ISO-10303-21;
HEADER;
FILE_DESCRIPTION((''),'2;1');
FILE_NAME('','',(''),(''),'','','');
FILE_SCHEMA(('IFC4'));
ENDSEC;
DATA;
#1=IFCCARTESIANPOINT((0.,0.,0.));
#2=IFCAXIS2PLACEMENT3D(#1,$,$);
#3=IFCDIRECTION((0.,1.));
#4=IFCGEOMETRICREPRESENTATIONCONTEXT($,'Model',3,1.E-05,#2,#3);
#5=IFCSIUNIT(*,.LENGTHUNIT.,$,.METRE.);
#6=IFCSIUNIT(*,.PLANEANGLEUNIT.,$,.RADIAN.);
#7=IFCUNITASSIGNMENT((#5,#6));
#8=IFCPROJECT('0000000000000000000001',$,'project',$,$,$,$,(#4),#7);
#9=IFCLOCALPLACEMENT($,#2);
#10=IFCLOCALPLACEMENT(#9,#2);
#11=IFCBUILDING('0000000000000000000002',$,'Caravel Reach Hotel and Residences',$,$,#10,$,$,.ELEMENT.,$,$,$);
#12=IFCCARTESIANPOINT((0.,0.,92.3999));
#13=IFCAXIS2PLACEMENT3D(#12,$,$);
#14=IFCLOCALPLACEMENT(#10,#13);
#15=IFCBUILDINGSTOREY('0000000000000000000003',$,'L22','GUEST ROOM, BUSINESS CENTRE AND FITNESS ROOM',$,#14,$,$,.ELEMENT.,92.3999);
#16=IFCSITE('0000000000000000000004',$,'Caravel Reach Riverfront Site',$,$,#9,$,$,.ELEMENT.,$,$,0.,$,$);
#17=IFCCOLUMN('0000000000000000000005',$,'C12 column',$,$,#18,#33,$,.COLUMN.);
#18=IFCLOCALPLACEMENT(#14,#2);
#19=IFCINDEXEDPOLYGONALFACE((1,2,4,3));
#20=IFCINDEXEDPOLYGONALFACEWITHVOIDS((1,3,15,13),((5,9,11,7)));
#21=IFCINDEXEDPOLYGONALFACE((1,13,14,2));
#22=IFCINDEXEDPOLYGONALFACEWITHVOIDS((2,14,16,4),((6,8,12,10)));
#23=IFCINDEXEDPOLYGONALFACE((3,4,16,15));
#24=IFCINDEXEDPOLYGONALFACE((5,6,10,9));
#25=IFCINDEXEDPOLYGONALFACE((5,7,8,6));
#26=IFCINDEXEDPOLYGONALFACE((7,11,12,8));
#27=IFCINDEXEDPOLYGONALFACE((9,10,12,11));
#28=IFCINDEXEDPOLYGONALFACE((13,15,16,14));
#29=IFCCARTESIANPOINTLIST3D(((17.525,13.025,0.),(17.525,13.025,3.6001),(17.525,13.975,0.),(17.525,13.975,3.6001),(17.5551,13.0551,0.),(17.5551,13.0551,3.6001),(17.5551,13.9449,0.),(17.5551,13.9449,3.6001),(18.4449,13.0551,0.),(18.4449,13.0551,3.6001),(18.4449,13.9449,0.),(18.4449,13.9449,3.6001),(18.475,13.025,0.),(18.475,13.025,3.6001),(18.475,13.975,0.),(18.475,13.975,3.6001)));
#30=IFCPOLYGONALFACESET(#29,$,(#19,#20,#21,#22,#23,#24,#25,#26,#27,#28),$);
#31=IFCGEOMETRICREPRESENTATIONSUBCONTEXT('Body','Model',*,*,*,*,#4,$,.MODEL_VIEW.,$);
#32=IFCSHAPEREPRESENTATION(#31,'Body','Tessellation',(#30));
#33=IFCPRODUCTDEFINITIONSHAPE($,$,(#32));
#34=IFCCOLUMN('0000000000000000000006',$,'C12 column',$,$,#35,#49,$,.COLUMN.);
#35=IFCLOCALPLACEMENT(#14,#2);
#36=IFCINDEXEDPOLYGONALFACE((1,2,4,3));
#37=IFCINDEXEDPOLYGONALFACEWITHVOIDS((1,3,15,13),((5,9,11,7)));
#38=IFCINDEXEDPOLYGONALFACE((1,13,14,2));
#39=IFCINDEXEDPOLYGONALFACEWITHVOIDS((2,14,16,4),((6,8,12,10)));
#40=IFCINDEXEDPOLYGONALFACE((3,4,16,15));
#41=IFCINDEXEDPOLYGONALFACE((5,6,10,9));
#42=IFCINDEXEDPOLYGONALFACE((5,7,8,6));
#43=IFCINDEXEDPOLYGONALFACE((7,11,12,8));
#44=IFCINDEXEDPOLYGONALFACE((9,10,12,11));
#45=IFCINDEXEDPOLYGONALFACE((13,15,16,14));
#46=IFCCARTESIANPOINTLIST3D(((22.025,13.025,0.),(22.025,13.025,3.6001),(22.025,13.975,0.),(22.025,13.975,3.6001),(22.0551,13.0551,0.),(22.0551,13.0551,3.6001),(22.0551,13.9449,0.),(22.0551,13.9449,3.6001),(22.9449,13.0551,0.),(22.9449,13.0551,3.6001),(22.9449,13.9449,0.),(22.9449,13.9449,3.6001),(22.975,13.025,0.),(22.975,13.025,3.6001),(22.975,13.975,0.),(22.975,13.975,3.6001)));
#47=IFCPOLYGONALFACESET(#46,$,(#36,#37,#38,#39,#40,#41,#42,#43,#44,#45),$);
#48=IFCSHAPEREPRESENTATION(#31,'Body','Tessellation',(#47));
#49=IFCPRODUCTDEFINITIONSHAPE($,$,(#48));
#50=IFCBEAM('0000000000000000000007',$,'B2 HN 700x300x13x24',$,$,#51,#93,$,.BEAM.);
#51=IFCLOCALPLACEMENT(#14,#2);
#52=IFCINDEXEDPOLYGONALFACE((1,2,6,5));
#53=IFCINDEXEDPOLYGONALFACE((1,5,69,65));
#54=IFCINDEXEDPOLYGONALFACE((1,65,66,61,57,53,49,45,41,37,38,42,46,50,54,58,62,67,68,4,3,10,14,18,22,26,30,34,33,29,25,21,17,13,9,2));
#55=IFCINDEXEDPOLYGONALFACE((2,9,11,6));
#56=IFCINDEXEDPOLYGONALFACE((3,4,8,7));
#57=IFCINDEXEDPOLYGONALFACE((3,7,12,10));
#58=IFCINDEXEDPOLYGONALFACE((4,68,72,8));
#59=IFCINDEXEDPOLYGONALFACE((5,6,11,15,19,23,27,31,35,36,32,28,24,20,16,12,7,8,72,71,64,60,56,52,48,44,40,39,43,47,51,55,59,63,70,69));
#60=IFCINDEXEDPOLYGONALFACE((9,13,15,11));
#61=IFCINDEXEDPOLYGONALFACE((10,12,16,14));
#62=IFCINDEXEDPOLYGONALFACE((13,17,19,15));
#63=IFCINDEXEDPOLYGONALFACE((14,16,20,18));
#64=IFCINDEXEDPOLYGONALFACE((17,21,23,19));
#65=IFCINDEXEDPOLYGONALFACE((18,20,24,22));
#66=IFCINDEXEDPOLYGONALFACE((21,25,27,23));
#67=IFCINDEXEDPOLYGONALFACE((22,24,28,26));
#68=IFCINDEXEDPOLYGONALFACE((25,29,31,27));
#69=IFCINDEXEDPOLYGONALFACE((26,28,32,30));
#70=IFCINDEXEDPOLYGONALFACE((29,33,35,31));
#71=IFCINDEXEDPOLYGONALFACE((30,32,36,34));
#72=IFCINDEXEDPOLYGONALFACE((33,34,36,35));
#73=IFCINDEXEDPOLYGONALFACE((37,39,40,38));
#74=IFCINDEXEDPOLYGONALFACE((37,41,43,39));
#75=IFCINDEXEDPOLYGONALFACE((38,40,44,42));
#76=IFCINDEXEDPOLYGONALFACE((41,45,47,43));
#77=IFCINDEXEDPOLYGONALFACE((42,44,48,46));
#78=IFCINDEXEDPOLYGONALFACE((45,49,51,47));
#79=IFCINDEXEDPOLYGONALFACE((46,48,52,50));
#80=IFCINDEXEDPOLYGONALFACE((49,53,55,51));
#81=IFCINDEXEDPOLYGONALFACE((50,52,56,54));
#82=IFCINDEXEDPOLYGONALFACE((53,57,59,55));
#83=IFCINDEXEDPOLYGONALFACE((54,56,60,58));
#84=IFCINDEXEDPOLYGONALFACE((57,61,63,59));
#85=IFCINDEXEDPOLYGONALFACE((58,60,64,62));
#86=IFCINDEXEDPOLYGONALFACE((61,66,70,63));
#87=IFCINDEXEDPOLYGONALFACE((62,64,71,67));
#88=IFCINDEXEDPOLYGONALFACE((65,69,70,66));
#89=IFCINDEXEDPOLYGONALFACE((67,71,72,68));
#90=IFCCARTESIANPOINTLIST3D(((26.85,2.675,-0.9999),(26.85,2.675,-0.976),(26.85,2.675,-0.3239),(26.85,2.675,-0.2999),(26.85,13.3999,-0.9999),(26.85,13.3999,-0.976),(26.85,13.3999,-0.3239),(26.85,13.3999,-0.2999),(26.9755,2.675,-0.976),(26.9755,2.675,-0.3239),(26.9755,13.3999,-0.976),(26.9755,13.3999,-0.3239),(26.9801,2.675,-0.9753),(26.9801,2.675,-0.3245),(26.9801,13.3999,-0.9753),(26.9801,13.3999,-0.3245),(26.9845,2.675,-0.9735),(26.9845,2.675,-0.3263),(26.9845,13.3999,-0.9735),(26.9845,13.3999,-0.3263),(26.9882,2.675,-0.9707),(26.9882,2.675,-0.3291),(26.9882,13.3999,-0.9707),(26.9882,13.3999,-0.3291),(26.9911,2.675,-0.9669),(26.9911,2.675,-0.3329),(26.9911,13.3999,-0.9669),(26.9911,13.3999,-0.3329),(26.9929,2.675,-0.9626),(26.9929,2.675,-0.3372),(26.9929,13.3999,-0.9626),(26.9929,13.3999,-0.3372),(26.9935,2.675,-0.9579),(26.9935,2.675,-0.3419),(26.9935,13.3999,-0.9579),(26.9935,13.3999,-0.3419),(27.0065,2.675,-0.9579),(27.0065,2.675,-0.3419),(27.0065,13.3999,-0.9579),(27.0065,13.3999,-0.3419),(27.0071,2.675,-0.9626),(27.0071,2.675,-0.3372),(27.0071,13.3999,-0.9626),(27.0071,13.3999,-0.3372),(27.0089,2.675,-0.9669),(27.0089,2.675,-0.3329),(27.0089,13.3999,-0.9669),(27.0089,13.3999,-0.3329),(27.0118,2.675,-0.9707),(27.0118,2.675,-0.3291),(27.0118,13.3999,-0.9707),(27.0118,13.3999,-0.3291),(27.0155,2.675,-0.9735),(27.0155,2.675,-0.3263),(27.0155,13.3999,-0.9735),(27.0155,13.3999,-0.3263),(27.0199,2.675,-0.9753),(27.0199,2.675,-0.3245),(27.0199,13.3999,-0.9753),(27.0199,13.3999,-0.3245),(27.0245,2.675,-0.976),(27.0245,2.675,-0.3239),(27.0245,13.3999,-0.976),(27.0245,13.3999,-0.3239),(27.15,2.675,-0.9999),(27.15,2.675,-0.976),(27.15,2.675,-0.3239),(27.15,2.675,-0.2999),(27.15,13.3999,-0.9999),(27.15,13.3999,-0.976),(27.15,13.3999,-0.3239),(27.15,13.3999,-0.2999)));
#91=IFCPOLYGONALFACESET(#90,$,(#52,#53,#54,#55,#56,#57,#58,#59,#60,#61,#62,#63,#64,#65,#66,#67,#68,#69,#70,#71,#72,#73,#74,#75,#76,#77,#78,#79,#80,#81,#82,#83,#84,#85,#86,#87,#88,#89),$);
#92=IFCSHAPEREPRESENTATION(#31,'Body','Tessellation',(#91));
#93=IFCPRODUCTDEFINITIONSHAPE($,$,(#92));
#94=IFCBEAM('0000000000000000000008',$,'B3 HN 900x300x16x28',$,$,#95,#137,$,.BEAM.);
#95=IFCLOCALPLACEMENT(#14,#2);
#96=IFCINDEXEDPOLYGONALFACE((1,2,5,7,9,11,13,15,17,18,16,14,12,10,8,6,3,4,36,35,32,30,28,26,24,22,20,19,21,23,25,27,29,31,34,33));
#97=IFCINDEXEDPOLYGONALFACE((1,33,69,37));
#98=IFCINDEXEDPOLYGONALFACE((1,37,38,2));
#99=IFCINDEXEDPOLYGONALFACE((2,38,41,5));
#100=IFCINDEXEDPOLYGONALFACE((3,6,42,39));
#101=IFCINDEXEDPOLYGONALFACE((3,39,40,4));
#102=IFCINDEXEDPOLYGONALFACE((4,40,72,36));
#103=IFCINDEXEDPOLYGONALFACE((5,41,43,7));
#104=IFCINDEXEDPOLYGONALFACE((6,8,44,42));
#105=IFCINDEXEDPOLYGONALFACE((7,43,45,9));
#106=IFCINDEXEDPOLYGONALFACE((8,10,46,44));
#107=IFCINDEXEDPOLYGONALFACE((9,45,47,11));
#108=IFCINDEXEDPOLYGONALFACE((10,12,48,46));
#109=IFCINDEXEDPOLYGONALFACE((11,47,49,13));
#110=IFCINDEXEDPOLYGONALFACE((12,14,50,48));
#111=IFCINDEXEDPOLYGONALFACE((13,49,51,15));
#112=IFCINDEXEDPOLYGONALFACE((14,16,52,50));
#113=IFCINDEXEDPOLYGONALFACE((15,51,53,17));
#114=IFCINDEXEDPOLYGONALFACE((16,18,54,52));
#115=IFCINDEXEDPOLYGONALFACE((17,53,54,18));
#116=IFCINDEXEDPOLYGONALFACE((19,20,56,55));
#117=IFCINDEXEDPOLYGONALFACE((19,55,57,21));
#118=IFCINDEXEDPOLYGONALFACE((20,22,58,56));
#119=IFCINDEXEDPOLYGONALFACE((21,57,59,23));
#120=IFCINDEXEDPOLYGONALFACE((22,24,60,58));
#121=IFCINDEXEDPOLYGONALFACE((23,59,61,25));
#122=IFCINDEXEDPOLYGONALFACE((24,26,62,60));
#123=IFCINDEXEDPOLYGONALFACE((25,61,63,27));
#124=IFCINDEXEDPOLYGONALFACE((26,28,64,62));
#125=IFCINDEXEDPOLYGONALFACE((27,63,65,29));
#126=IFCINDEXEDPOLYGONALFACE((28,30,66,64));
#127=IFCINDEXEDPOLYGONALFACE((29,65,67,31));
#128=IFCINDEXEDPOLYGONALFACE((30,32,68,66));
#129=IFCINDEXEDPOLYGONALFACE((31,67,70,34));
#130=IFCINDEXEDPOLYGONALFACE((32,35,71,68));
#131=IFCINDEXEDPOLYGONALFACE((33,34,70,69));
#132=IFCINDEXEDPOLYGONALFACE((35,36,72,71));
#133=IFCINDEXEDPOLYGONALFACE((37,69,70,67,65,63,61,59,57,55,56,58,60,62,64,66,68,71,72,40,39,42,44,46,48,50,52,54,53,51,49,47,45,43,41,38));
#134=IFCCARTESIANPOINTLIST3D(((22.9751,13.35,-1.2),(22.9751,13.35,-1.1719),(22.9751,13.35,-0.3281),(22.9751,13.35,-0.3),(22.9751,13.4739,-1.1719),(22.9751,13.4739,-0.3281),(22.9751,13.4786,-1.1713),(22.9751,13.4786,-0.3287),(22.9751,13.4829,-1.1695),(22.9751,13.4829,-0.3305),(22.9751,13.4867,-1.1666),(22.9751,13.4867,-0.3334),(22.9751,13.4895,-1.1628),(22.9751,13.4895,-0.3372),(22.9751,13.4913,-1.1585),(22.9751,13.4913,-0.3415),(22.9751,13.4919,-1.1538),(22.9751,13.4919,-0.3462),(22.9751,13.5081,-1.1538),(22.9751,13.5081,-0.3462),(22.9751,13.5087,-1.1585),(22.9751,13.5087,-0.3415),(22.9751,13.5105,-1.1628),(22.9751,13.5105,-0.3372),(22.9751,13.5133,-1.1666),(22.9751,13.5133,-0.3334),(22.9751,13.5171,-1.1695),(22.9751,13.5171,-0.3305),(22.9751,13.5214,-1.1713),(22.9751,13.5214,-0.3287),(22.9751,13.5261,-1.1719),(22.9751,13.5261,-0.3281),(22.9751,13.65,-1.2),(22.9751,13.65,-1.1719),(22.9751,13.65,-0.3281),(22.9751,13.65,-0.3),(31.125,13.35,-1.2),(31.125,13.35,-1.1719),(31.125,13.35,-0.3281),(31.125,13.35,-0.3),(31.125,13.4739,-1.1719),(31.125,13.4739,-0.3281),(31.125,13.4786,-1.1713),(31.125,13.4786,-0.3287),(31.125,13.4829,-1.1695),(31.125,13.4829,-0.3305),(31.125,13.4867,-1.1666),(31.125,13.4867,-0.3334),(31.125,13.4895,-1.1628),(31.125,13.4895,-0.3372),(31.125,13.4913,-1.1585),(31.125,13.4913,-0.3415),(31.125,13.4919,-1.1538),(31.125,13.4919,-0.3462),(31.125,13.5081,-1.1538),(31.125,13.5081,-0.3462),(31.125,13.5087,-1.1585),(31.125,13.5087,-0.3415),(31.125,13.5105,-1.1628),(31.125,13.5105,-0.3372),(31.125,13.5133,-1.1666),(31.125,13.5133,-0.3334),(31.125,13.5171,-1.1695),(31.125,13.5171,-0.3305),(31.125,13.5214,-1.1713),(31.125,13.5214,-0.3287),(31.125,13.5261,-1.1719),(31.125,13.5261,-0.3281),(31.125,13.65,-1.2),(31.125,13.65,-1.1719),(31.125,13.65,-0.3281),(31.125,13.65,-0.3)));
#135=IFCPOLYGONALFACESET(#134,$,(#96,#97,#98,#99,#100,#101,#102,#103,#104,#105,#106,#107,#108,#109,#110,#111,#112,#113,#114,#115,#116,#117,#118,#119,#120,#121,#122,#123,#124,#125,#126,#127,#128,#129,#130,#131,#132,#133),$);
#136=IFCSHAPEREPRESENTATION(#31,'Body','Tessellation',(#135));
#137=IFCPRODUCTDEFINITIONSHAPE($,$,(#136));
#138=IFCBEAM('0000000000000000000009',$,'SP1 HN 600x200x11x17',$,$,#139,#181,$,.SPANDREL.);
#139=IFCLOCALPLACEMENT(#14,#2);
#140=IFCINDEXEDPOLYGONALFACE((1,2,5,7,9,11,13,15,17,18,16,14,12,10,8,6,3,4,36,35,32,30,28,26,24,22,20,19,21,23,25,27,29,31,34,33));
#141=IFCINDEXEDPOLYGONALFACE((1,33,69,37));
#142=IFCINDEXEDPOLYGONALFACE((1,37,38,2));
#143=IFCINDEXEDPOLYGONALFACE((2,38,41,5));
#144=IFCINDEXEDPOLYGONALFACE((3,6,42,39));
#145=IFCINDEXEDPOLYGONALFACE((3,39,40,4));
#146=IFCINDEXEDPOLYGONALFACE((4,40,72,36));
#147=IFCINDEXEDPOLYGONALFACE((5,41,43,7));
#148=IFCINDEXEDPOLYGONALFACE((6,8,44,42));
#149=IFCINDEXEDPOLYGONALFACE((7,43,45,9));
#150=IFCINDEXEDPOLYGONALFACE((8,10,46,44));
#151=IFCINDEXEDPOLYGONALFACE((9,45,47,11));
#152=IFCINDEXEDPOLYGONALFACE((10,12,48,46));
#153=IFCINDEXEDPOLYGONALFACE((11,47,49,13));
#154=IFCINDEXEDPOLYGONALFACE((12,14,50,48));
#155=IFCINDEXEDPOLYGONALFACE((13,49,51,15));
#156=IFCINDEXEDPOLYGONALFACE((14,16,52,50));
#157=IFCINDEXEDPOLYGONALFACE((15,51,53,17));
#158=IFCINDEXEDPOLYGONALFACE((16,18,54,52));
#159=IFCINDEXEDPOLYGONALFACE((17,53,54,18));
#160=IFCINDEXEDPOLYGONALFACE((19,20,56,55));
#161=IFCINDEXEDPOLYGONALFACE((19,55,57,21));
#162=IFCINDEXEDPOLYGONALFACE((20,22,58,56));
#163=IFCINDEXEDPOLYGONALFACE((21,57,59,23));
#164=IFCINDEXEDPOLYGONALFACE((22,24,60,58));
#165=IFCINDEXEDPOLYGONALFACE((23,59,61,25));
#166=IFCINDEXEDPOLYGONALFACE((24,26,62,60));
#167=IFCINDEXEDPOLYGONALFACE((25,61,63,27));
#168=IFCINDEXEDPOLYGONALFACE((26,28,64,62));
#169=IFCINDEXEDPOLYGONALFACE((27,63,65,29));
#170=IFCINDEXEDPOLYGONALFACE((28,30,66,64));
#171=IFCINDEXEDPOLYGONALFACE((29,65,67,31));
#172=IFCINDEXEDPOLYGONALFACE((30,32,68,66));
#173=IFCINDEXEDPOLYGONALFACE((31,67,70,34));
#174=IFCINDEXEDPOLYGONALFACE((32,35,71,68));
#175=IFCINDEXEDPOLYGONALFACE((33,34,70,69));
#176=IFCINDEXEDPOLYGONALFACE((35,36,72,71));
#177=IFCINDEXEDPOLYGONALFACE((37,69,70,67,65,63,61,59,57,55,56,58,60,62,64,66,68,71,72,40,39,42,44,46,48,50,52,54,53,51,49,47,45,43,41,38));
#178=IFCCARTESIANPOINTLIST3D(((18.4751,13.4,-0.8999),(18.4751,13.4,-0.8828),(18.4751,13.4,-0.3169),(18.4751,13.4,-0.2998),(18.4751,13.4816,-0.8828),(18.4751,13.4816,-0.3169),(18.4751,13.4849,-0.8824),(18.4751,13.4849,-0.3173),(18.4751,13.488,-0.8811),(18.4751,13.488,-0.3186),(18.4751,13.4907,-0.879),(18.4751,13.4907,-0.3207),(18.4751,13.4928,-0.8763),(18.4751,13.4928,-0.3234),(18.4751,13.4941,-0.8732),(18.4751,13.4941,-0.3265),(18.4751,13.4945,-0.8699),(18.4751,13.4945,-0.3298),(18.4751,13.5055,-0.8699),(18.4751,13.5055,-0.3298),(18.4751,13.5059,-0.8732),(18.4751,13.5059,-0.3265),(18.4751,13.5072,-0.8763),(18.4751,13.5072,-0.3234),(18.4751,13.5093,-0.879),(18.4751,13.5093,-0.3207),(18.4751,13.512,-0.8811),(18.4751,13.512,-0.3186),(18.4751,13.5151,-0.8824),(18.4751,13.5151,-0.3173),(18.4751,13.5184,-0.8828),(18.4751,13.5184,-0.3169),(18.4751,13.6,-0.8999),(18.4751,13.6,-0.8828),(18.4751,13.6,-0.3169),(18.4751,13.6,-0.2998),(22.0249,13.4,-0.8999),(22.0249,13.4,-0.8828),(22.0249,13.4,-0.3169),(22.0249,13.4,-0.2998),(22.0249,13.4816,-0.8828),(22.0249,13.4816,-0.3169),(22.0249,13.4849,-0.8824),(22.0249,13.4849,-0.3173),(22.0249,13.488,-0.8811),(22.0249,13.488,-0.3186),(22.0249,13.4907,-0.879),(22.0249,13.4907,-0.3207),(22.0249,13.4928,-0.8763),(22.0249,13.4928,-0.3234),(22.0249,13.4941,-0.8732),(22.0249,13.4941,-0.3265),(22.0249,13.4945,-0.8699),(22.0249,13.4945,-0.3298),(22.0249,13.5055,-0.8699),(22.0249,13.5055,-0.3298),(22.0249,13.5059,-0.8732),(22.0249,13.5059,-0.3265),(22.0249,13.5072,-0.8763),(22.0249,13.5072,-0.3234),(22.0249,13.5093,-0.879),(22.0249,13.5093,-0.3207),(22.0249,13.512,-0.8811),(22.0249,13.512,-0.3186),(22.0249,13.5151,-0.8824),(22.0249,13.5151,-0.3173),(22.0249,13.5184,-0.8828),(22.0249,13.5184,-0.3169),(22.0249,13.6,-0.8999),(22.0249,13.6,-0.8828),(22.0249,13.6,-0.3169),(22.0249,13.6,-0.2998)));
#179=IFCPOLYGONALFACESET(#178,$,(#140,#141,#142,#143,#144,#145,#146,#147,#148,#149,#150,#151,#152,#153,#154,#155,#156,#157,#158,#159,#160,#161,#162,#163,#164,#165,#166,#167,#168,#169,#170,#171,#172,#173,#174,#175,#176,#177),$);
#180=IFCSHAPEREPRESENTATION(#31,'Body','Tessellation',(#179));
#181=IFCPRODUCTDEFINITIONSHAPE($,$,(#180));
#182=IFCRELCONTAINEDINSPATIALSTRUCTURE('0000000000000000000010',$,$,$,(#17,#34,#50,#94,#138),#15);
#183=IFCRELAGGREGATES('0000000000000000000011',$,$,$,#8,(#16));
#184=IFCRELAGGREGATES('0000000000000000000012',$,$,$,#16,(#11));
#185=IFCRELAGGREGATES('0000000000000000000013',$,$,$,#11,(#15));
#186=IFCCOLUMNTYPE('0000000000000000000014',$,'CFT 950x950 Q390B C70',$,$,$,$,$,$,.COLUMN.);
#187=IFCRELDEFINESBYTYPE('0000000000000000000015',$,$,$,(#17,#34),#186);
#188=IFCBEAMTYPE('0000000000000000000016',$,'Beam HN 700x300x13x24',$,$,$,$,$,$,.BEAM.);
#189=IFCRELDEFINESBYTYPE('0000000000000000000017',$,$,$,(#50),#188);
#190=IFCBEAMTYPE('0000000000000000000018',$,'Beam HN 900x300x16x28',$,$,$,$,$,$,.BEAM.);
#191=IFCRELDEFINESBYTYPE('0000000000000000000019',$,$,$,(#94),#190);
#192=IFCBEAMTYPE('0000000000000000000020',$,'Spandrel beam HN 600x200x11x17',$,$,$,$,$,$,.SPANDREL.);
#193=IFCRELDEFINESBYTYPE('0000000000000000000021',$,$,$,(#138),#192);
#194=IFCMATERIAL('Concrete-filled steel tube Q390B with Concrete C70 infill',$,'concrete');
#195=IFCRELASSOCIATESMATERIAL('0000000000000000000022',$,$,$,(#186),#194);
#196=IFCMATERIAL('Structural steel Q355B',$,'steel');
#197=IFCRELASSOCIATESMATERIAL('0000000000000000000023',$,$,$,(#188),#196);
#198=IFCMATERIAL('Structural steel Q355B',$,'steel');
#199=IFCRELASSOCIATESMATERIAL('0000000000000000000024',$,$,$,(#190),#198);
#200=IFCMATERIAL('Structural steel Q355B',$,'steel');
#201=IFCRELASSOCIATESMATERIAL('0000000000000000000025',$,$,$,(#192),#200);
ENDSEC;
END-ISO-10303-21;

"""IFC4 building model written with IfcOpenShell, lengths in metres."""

from ifc_helpers import new_model, si_unit, direction, frame, origin, origin_2d, place, context, subcontext, project, spatial, hollow_rectangle, i_section, extrude, material, material_profile, profile_set, type_object, element, save


model = new_model("IFC4")

# Units and contexts
model_context = context("Model", 3, precision=1e-05, world=origin(), true_north=direction((0.0, 1.0)))
body_context = subcontext(model_context, "Body", "Model", "MODEL_VIEW")
ifc_project = project(units=[si_unit("LENGTHUNIT", "METRE"), si_unit("PLANEANGLEUNIT", "RADIAN")], contexts=[model_context])

# Site, building, storey
site_placement = place(None, origin())
site = spatial("IfcSite", under=ifc_project, at=site_placement, Name="Caravel Reach Riverfront Site", CompositionType="ELEMENT", RefElevation=0.0)
building_placement = place(site_placement, origin())
building = spatial("IfcBuilding", under=site, at=building_placement, Name="Caravel Reach Hotel and Residences", CompositionType="ELEMENT")
storey_placement = place(building_placement, frame((0.0, 0.0, 92.3999)))
storey = spatial("IfcBuildingStorey", under=building, at=storey_placement, Name="L22", Description="GUEST ROOM, BUSINESS CENTRE AND FITNESS ROOM", CompositionType="ELEMENT", Elevation=92.3999)

# Columns
ifc_material_1 = material(Name="Concrete-filled steel tube Q390B with Concrete C70 infill", Category="concrete")
ifc_material_profile_1 = material_profile(ifc_material_1, hollow_rectangle(XDim=0.95, YDim=0.95, WallThickness=0.03, at=origin_2d()), Name="RHS 950x950x30")
ifc_profile_set_1 = profile_set([ifc_material_profile_1], Name="Concrete-filled steel tube Q390B with Concrete C70 infill")
column_type = type_object("IfcColumnType", Name="CFT 950x950 Q390B C70", PredefinedType="COLUMN", material=ifc_profile_set_1)
for number, where, z_axis, x_axis, name in (
    (1, (18.0, 13.5, 0.0), (0.0, 0.0, 1.0), (1.0, 0.0, 0.0), "C12 column"),
    (2, (22.5, 13.5, 0.0), (0.0, 0.0, 1.0), (1.0, 0.0, 0.0), "C12 column"),
):
    element("IfcColumn", number, at=place(storey_placement, frame(where, z_axis=z_axis, x_axis=x_axis)), inside=storey, type_object=column_type, Name=name, PredefinedType="COLUMN", context=body_context, shape_type="SweptSolid", body=[
        extrude(hollow_rectangle(XDim=0.95, YDim=0.95, WallThickness=0.03, at=origin_2d()), origin(), (0.0, 0.0, 1.0), 3.6001),
    ])

# Beams
ifc_material_2 = material(Name="Structural steel Q355B", Category="steel")
ifc_material_profile_2 = material_profile(ifc_material_2, i_section(OverallWidth=0.3, OverallDepth=0.7, WebThickness=0.0129, FlangeThickness=0.0239, FilletRadius=0.0181, at=origin_2d()), Name="HN 700x300x13x24")
ifc_profile_set_2 = profile_set([ifc_material_profile_2], Name="Structural steel Q355B")
beam_type_1 = type_object("IfcBeamType", Name="Beam HN 700x300x13x24", PredefinedType="BEAM", material=ifc_profile_set_2)
beam_1_placement = place(storey_placement, frame((27.0, 13.3999, -0.6499), z_axis=(0.0, -1.0, 0.0), x_axis=(1.0, 0.0, 0.0)))
element("IfcBeam", 3, at=beam_1_placement, inside=storey, type_object=beam_type_1, Name="B2 HN 700x300x13x24", PredefinedType="BEAM", context=body_context, shape_type="SweptSolid", body=[
    extrude(i_section(OverallWidth=0.3, OverallDepth=0.7, WebThickness=0.0129, FlangeThickness=0.0239, FilletRadius=0.0181, at=origin_2d()), origin(), (0.0, 0.0, 1.0), 10.7249),
])
ifc_material_3 = material(Name="Structural steel Q355B", Category="steel")
ifc_material_profile_3 = material_profile(ifc_material_3, i_section(OverallWidth=0.3, OverallDepth=0.8999, WebThickness=0.0161, FlangeThickness=0.0281, FilletRadius=0.0181, at=origin_2d()), Name="HN 900x300x16x28")
ifc_profile_set_3 = profile_set([ifc_material_profile_3], Name="Structural steel Q355B")
beam_type_2 = type_object("IfcBeamType", Name="Beam HN 900x300x16x28", PredefinedType="BEAM", material=ifc_profile_set_3)
beam_2_placement = place(storey_placement, frame((22.9751, 13.5, -0.75), z_axis=(1.0, 0.0, 0.0), x_axis=(0.0, 1.0, 0.0)))
element("IfcBeam", 4, at=beam_2_placement, inside=storey, type_object=beam_type_2, Name="B3 HN 900x300x16x28", PredefinedType="BEAM", context=body_context, shape_type="SweptSolid", body=[
    extrude(i_section(OverallWidth=0.3, OverallDepth=0.8999, WebThickness=0.0161, FlangeThickness=0.0281, FilletRadius=0.0181, at=origin_2d()), origin(), (0.0, 0.0, 1.0), 8.1499),
])
ifc_material_4 = material(Name="Structural steel Q355B", Category="steel")
ifc_material_profile_4 = material_profile(ifc_material_4, i_section(OverallWidth=0.2, OverallDepth=0.6001, WebThickness=0.011, FlangeThickness=0.0171, FilletRadius=0.0129, at=origin_2d()), Name="HN 600x200x11x17")
ifc_profile_set_4 = profile_set([ifc_material_profile_4], Name="Structural steel Q355B")
beam_type_3 = type_object("IfcBeamType", Name="Spandrel beam HN 600x200x11x17", PredefinedType="SPANDREL", material=ifc_profile_set_4)
beam_3_placement = place(storey_placement, frame((18.4751, 13.5, -0.5999), z_axis=(1.0, 0.0, 0.0), x_axis=(0.0, 1.0, 0.0)))
element("IfcBeam", 5, at=beam_3_placement, inside=storey, type_object=beam_type_3, Name="SP1 HN 600x200x11x17", PredefinedType="SPANDREL", context=body_context, shape_type="SweptSolid", body=[
    extrude(i_section(OverallWidth=0.2, OverallDepth=0.6001, WebThickness=0.011, FlangeThickness=0.0171, FilletRadius=0.0129, at=origin_2d()), origin(), (0.0, 0.0, 1.0), 3.5498),
])

save(model, "model.ifc")
